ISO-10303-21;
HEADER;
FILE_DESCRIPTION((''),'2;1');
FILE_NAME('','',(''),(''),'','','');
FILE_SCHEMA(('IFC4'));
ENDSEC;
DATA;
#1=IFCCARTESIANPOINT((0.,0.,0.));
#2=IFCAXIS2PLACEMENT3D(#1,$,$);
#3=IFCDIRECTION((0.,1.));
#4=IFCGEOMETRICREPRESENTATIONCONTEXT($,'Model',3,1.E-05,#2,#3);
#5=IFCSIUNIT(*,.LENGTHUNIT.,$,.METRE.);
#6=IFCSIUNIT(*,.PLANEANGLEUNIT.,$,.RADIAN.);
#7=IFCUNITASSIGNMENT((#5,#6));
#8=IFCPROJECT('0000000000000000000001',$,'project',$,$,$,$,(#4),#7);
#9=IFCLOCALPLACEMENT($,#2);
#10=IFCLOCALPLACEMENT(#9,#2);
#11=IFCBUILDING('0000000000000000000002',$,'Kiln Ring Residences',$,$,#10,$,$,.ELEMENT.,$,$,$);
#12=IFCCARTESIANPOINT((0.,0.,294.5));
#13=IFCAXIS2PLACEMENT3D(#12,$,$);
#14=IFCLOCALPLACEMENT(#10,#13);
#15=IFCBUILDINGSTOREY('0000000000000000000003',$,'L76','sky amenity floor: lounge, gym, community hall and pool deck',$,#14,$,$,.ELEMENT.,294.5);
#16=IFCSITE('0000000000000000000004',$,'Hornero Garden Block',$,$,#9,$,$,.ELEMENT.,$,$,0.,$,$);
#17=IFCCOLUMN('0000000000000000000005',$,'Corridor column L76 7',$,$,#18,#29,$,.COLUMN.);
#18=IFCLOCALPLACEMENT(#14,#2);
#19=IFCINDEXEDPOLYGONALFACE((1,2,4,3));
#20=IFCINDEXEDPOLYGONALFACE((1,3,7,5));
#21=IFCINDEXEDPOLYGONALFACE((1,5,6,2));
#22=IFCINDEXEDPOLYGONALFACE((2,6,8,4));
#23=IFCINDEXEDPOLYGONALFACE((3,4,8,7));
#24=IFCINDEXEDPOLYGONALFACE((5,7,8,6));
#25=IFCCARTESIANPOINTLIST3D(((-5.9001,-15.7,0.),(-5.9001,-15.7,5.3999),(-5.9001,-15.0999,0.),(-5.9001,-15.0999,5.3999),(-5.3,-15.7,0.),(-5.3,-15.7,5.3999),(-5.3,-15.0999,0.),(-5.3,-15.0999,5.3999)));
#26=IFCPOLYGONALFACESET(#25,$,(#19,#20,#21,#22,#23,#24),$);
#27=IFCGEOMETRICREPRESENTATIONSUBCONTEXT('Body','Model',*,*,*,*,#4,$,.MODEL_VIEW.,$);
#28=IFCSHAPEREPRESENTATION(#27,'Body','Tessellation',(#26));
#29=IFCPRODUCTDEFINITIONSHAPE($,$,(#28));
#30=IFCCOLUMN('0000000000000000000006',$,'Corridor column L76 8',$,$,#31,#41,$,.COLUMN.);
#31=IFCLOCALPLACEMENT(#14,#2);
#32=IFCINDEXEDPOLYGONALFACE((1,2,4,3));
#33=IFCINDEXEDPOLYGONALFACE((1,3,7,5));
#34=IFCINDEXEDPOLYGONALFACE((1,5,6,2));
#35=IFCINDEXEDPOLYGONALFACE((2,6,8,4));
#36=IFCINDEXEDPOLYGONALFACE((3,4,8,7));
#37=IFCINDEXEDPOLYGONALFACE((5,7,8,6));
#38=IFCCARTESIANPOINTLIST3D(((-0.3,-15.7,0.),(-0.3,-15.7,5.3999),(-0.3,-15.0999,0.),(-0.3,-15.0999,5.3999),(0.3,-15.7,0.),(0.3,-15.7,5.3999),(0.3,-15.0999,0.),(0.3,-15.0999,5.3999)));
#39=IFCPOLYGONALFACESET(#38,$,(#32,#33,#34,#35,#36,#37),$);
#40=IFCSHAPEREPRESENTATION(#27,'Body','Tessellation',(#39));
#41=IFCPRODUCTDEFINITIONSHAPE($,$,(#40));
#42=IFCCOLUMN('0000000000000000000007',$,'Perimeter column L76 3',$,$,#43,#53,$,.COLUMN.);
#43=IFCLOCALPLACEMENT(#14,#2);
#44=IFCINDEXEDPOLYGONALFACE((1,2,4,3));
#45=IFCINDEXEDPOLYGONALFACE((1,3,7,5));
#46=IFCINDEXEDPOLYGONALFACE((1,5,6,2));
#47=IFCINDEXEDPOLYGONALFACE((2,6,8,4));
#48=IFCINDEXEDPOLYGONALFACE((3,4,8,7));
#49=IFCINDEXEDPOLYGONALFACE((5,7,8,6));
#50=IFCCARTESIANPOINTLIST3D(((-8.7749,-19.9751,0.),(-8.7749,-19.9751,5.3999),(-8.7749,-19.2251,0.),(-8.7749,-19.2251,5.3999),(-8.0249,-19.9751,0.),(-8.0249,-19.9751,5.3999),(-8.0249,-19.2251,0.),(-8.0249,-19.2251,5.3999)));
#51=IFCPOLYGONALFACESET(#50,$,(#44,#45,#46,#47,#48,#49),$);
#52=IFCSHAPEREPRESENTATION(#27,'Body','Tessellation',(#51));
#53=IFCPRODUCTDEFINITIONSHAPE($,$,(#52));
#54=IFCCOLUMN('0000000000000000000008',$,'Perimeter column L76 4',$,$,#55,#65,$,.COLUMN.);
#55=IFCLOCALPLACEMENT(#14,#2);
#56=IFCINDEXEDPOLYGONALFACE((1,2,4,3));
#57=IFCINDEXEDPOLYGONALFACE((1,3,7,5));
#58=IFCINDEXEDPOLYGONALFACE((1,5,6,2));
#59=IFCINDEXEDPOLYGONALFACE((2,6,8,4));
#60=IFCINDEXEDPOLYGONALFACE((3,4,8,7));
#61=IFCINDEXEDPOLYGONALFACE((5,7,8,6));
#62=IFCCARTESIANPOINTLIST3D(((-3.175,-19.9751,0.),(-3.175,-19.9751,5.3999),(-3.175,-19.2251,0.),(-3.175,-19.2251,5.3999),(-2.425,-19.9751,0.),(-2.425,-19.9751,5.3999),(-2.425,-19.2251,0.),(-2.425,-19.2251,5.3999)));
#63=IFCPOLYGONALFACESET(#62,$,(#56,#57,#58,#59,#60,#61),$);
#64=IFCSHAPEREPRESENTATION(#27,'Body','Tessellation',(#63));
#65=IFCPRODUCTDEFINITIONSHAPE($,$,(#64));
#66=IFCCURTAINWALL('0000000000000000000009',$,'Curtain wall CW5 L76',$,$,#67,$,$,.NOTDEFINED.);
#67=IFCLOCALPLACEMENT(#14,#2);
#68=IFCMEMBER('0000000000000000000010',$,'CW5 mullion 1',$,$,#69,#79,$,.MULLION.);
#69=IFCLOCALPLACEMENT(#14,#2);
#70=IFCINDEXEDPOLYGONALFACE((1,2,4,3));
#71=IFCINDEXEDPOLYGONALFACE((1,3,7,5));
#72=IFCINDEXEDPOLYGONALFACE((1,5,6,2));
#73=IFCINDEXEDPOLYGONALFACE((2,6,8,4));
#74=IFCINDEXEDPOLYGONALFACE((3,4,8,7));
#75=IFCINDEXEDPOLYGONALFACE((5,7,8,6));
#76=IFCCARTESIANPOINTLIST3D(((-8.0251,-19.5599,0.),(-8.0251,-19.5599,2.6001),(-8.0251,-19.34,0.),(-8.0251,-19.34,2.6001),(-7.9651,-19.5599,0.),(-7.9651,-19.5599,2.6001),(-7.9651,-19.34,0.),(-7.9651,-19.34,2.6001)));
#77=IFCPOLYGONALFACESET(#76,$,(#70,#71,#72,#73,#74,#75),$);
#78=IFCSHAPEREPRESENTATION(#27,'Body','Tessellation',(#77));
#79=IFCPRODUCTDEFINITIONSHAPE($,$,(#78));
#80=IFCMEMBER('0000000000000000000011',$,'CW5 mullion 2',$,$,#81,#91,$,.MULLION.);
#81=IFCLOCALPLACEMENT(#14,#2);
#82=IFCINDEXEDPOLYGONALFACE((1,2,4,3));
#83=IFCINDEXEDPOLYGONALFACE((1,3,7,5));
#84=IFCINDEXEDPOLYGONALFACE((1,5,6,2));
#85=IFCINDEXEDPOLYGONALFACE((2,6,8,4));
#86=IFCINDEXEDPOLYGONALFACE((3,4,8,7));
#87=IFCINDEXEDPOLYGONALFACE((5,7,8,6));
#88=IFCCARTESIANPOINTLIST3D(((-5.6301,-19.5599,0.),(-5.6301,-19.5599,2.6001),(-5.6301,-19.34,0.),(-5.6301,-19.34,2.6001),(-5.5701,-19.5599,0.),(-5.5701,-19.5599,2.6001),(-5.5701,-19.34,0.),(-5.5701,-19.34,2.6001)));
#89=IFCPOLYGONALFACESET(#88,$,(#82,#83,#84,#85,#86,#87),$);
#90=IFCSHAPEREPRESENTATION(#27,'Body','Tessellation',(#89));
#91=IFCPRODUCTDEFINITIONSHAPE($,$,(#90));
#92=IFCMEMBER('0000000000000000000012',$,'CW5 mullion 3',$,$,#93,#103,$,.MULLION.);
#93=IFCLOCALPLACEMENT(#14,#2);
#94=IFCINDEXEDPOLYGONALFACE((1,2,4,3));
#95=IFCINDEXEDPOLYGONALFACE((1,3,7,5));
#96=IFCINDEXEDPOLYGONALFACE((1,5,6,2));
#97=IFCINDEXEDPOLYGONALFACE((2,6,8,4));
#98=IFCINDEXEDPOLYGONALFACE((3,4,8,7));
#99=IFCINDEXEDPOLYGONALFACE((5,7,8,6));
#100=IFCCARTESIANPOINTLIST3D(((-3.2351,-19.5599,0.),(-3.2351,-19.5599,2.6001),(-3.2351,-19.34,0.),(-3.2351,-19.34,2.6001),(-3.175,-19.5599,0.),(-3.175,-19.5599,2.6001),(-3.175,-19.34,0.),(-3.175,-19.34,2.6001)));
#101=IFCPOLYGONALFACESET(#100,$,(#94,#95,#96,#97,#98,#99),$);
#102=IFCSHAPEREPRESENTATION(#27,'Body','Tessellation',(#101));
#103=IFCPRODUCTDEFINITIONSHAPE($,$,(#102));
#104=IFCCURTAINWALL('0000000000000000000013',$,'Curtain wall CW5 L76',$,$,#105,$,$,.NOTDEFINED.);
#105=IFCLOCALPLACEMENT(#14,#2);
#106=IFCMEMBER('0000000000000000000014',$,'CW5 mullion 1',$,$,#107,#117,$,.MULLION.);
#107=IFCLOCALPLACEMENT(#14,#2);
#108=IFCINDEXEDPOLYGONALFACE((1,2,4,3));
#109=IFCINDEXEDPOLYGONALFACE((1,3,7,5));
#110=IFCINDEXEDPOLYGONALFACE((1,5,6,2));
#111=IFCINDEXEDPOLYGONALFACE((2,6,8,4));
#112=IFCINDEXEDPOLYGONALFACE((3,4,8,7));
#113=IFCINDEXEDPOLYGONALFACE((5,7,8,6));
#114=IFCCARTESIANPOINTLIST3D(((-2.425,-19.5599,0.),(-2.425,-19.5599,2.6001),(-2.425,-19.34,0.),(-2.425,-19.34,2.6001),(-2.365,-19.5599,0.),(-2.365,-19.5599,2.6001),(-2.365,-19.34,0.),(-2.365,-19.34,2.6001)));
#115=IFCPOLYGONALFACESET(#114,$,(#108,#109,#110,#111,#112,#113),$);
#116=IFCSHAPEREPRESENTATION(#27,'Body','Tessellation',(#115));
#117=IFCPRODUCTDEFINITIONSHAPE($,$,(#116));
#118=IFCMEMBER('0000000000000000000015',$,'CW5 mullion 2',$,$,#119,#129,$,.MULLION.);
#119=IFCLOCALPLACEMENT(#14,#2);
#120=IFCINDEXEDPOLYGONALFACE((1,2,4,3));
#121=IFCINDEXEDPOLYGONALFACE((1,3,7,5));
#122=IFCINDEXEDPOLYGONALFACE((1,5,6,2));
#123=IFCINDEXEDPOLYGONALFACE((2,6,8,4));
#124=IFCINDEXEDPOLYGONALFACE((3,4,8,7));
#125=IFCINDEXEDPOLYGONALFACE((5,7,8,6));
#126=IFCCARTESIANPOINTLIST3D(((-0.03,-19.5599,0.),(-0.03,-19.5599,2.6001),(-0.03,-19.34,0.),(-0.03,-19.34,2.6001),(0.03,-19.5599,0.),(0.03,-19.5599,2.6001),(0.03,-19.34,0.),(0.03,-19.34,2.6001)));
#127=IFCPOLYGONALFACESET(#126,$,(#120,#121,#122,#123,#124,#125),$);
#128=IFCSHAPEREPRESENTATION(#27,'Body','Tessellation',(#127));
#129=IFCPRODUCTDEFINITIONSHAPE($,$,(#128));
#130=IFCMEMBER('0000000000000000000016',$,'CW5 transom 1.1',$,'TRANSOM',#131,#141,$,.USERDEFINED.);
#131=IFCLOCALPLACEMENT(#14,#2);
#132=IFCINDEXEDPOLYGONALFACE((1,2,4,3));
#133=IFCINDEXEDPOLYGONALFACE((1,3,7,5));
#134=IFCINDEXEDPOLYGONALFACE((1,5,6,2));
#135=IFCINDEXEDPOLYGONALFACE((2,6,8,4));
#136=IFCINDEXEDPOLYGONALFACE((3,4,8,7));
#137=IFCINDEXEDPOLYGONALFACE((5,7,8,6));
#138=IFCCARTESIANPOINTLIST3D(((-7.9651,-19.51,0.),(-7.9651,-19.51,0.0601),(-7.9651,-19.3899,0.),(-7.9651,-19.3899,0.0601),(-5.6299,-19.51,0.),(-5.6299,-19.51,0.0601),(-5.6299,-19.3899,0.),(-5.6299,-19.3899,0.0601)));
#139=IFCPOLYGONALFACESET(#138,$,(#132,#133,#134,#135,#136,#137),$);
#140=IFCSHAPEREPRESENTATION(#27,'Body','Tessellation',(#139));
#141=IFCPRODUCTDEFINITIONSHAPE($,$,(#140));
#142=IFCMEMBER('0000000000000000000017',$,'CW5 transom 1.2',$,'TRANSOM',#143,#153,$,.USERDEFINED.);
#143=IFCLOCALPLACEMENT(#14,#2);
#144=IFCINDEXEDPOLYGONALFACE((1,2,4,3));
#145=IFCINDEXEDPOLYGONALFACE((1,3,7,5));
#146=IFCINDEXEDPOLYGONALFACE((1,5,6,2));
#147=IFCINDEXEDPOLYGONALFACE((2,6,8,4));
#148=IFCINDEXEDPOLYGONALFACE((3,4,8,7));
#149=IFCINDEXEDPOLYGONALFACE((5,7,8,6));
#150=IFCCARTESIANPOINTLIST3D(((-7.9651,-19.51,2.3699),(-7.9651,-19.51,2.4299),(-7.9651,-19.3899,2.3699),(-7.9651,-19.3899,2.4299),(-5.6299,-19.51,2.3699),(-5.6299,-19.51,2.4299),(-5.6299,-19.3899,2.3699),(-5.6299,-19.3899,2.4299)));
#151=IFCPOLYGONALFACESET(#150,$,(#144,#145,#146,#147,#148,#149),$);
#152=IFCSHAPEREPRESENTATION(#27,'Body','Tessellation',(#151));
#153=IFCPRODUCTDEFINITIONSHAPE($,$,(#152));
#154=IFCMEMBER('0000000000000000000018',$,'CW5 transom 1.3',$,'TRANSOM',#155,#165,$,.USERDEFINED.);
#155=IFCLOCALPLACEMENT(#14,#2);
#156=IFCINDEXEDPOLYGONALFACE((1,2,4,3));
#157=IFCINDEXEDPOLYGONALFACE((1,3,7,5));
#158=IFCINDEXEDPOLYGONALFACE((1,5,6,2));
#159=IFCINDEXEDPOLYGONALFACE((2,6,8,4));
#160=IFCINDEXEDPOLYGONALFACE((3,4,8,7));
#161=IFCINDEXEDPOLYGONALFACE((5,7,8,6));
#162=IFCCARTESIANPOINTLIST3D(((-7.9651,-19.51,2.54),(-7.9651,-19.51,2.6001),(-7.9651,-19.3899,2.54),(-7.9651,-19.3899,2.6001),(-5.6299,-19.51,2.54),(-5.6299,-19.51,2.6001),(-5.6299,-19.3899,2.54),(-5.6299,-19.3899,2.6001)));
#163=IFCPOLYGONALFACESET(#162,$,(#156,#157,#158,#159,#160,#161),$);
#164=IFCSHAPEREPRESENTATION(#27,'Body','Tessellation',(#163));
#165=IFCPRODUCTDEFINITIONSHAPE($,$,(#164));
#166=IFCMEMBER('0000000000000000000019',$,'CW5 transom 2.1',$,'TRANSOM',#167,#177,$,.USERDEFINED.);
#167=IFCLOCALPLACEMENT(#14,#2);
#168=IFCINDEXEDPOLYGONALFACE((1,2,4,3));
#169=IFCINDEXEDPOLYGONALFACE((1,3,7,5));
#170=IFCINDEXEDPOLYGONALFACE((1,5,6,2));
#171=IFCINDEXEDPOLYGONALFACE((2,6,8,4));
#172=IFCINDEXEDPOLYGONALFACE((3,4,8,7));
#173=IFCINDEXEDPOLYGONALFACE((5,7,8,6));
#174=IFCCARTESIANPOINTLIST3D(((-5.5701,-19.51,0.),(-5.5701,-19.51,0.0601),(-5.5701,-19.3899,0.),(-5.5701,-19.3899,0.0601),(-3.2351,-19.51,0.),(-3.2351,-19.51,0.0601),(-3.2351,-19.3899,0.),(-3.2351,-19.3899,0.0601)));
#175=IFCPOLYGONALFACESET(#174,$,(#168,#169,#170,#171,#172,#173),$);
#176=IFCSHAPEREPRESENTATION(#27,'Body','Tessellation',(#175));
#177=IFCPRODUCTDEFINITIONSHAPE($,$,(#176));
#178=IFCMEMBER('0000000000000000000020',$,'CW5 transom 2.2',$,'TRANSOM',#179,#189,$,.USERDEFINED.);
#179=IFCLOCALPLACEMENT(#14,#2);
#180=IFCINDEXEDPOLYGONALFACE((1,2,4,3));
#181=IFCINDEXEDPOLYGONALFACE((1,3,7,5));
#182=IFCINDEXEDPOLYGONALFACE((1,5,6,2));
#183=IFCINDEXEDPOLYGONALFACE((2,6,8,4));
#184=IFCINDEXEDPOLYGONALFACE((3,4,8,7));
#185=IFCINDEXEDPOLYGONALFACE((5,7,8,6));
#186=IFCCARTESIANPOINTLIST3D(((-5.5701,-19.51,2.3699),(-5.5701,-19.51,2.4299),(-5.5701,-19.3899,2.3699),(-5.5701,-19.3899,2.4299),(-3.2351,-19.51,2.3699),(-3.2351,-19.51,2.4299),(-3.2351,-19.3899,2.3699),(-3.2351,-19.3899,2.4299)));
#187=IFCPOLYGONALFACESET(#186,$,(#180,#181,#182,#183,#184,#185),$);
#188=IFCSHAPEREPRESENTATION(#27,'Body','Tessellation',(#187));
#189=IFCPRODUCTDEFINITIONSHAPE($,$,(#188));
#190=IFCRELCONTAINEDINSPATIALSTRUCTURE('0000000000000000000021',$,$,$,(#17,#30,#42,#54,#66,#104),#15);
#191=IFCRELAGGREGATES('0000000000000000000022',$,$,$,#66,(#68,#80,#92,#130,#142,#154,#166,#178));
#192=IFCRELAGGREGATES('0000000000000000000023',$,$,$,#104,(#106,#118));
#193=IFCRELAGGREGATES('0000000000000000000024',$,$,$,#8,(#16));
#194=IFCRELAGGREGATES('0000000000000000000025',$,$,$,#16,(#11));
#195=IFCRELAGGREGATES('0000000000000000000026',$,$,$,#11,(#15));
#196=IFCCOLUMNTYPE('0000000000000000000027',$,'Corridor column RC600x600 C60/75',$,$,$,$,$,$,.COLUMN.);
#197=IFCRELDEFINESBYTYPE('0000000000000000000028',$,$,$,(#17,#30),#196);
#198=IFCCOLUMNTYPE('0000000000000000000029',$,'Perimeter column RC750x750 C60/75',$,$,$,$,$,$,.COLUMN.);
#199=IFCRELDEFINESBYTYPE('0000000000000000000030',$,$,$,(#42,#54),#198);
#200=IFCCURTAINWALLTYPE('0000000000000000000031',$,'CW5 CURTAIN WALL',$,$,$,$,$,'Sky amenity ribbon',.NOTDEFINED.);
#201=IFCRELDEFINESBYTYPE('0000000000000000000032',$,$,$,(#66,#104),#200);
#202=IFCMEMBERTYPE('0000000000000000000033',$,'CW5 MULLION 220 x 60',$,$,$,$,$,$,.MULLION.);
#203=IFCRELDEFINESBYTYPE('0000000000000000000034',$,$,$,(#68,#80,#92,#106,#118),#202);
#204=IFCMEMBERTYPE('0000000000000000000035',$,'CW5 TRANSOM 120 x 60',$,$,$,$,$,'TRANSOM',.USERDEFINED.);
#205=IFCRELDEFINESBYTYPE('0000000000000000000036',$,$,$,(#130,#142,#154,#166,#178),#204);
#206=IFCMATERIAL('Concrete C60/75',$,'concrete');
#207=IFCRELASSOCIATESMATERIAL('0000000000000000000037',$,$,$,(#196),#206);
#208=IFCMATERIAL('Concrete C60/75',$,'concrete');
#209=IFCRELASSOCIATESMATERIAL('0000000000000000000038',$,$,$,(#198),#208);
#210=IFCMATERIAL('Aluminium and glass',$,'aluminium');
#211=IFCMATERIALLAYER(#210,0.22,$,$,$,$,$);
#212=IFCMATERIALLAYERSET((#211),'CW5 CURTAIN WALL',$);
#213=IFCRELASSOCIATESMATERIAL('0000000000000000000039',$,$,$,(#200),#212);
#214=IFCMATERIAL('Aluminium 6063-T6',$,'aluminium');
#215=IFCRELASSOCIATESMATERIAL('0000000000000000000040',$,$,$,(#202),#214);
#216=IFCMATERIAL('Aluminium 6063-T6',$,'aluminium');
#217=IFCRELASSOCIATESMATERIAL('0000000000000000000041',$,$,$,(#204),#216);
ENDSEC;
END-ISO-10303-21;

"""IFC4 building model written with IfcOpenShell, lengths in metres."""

from ifc_helpers import new_model, si_unit, direction, frame, origin, origin_2d, place, context, subcontext, project, spatial, rectangle, extrude, material, layer, layer_set, material_profile, profile_set, type_object, element, aggregate, save


model = new_model("IFC4")

# Units and contexts
model_context = context("Model", 3, precision=1e-05, world=origin(), true_north=direction((0.0, 1.0)))
body_context = subcontext(model_context, "Body", "Model", "MODEL_VIEW")
ifc_project = project(units=[si_unit("LENGTHUNIT", "METRE"), si_unit("PLANEANGLEUNIT", "RADIAN")], contexts=[model_context])

# Site, building, storey
site_placement = place(None, origin())
site = spatial("IfcSite", under=ifc_project, at=site_placement, Name="Hornero Garden Block", CompositionType="ELEMENT", RefElevation=0.0)
building_placement = place(site_placement, origin())
building = spatial("IfcBuilding", under=site, at=building_placement, Name="Kiln Ring Residences", CompositionType="ELEMENT")
storey_placement = place(building_placement, frame((0.0, 0.0, 294.5)))
storey = spatial("IfcBuildingStorey", under=building, at=storey_placement, Name="L76", Description="sky amenity floor: lounge, gym, community hall and pool deck", CompositionType="ELEMENT", Elevation=294.5)

# Columns
ifc_material_1 = material(Name="Concrete C60/75", Category="concrete")
ifc_material_profile_1 = material_profile(ifc_material_1, rectangle(XDim=0.6001, YDim=0.6001, at=origin_2d()), Name="RC600x600")
ifc_profile_set_1 = profile_set([ifc_material_profile_1], Name="Concrete C60/75")
column_type_1 = type_object("IfcColumnType", Name="Corridor column RC600x600 C60/75", PredefinedType="COLUMN", material=ifc_profile_set_1)
for number, where, z_axis, x_axis, name in (
    (1, (-5.6001, -15.3999, 0.0), (0.0, 0.0, 1.0), (1.0, 0.0, 0.0), "Corridor column L76 7"),
    (2, (0.0, -15.3999, 0.0), (0.0, 0.0, 1.0), (1.0, 0.0, 0.0), "Corridor column L76 8"),
):
    element("IfcColumn", number, at=place(storey_placement, frame(where, z_axis=z_axis, x_axis=x_axis)), inside=storey, type_object=column_type_1, Name=name, PredefinedType="COLUMN", context=body_context, shape_type="SweptSolid", body=[
        extrude(rectangle(XDim=0.6001, YDim=0.6001, at=origin_2d()), origin(), (0.0, 0.0, 1.0), 5.3999),
    ])
ifc_material_2 = material(Name="Concrete C60/75", Category="concrete")
ifc_material_profile_2 = material_profile(ifc_material_2, rectangle(XDim=0.75, YDim=0.75, at=origin_2d()), Name="RC750x750")
ifc_profile_set_2 = profile_set([ifc_material_profile_2], Name="Concrete C60/75")
column_type_2 = type_object("IfcColumnType", Name="Perimeter column RC750x750 C60/75", PredefinedType="COLUMN", material=ifc_profile_set_2)
for number, where, z_axis, x_axis, name in (
    (3, (-8.3999, -19.6001, 0.0), (0.0, 0.0, 1.0), (1.0, 0.0, 0.0), "Perimeter column L76 3"),
    (4, (-2.8, -19.6001, 0.0), (0.0, 0.0, 1.0), (1.0, 0.0, 0.0), "Perimeter column L76 4"),
):
    element("IfcColumn", number, at=place(storey_placement, frame(where, z_axis=z_axis, x_axis=x_axis)), inside=storey, type_object=column_type_2, Name=name, PredefinedType="COLUMN", context=body_context, shape_type="SweptSolid", body=[
        extrude(rectangle(XDim=0.75, YDim=0.75, at=origin_2d()), origin(), (0.0, 0.0, 1.0), 5.3999),
    ])

# Curtain walls, members
ifc_material_3 = material(Name="Aluminium and glass", Category="aluminium")
ifc_layer_1 = layer(ifc_material_3, 0.22)
ifc_layer_set_1 = layer_set([ifc_layer_1], Name="CW5 CURTAIN WALL")
curtain_wall_type = type_object("IfcCurtainWallType", Name="CW5 CURTAIN WALL", ElementType="Sky amenity ribbon", PredefinedType="NOTDEFINED", material=ifc_layer_set_1)
placement = place(storey_placement, origin())
curtain_wall_1 = element("IfcCurtainWall", 5, at=placement, inside=storey, type_object=curtain_wall_type, Name="Curtain wall CW5 L76", PredefinedType="NOTDEFINED")
ifc_material_4 = material(Name="Aluminium 6063-T6", Category="aluminium")
ifc_material_profile_3 = material_profile(ifc_material_4, rectangle(XDim=0.22, YDim=0.0601, at=origin_2d()), Name="AL 220x60")
ifc_profile_set_3 = profile_set([ifc_material_profile_3], Name="Aluminium 6063-T6")
member_type_1 = type_object("IfcMemberType", Name="CW5 MULLION 220 x 60", PredefinedType="MULLION", material=ifc_profile_set_3)
member_1_placement = place(storey_placement, frame((-7.9951, -19.45, 0.0), z_axis=(0.0, 0.0, 1.0), x_axis=(0.0, 1.0, 0.0)))
member_1 = element("IfcMember", 6, at=member_1_placement, type_object=member_type_1, Name="CW5 mullion 1", PredefinedType="MULLION", context=body_context, shape_type="SweptSolid", body=[
    extrude(rectangle(XDim=0.22, YDim=0.0601, at=origin_2d()), origin(), (0.0, 0.0, 1.0), 2.6001),
])
member_2_placement = place(storey_placement, frame((-5.6001, -19.45, 0.0), z_axis=(0.0, 0.0, 1.0), x_axis=(0.0, 1.0, 0.0)))
member_2 = element("IfcMember", 7, at=member_2_placement, type_object=member_type_1, Name="CW5 mullion 2", PredefinedType="MULLION", context=body_context, shape_type="SweptSolid", body=[
    extrude(rectangle(XDim=0.22, YDim=0.0601, at=origin_2d()), origin(), (0.0, 0.0, 1.0), 2.6001),
])
member_3_placement = place(storey_placement, frame((-3.2051, -19.45, 0.0), z_axis=(0.0, 0.0, 1.0), x_axis=(0.0, 1.0, 0.0)))
member_3 = element("IfcMember", 8, at=member_3_placement, type_object=member_type_1, Name="CW5 mullion 3", PredefinedType="MULLION", context=body_context, shape_type="SweptSolid", body=[
    extrude(rectangle(XDim=0.22, YDim=0.0601, at=origin_2d()), origin(), (0.0, 0.0, 1.0), 2.6001),
])
curtain_wall_2 = element("IfcCurtainWall", 9, at=placement, inside=storey, type_object=curtain_wall_type, Name="Curtain wall CW5 L76", PredefinedType="NOTDEFINED")
member_4_placement = place(storey_placement, frame((-2.395, -19.45, 0.0), z_axis=(0.0, 0.0, 1.0), x_axis=(0.0, 1.0, 0.0)))
member_4 = element("IfcMember", 10, at=member_4_placement, type_object=member_type_1, Name="CW5 mullion 1", PredefinedType="MULLION", context=body_context, shape_type="SweptSolid", body=[
    extrude(rectangle(XDim=0.22, YDim=0.0601, at=origin_2d()), origin(), (0.0, 0.0, 1.0), 2.6001),
])
member_5_placement = place(storey_placement, frame((0.0, -19.45, 0.0), z_axis=(0.0, 0.0, 1.0), x_axis=(0.0, 1.0, 0.0)))
member_5 = element("IfcMember", 11, at=member_5_placement, type_object=member_type_1, Name="CW5 mullion 2", PredefinedType="MULLION", context=body_context, shape_type="SweptSolid", body=[
    extrude(rectangle(XDim=0.22, YDim=0.0601, at=origin_2d()), origin(), (0.0, 0.0, 1.0), 2.6001),
])

# Members
ifc_material_5 = material(Name="Aluminium 6063-T6", Category="aluminium")
ifc_material_profile_4 = material_profile(ifc_material_5, rectangle(XDim=0.1201, YDim=0.0601, at=origin_2d()), Name="AL 120x60")
ifc_profile_set_4 = profile_set([ifc_material_profile_4], Name="Aluminium 6063-T6")
member_type_2 = type_object("IfcMemberType", Name="CW5 TRANSOM 120 x 60", ElementType="TRANSOM", PredefinedType="USERDEFINED", material=ifc_profile_set_4)
member_6_placement = place(storey_placement, frame((-7.9651, -19.45, 0.03), z_axis=(1.0, 0.0, 0.0), x_axis=(0.0, 1.0, 0.0)))
member_6 = element("IfcMember", 12, at=member_6_placement, type_object=member_type_2, Name="CW5 transom 1.1", ObjectType="TRANSOM", PredefinedType="USERDEFINED", context=body_context, shape_type="SweptSolid", body=[
    extrude(rectangle(XDim=0.1201, YDim=0.0601, at=origin_2d()), origin(), (0.0, 0.0, 1.0), 2.3352),
])
member_7_placement = place(storey_placement, frame((-7.9651, -19.45, 2.3999), z_axis=(1.0, 0.0, 0.0), x_axis=(0.0, 1.0, 0.0)))
member_7 = element("IfcMember", 13, at=member_7_placement, type_object=member_type_2, Name="CW5 transom 1.2", ObjectType="TRANSOM", PredefinedType="USERDEFINED", context=body_context, shape_type="SweptSolid", body=[
    extrude(rectangle(XDim=0.1201, YDim=0.0601, at=origin_2d()), origin(), (0.0, 0.0, 1.0), 2.3352),
])
member_8_placement = place(storey_placement, frame((-7.9651, -19.45, 2.5701), z_axis=(1.0, 0.0, 0.0), x_axis=(0.0, 1.0, 0.0)))
member_8 = element("IfcMember", 14, at=member_8_placement, type_object=member_type_2, Name="CW5 transom 1.3", ObjectType="TRANSOM", PredefinedType="USERDEFINED", context=body_context, shape_type="SweptSolid", body=[
    extrude(rectangle(XDim=0.1201, YDim=0.0601, at=origin_2d()), origin(), (0.0, 0.0, 1.0), 2.3352),
])
member_9_placement = place(storey_placement, frame((-5.5701, -19.45, 0.03), z_axis=(1.0, 0.0, 0.0), x_axis=(0.0, 1.0, 0.0)))
member_9 = element("IfcMember", 15, at=member_9_placement, type_object=member_type_2, Name="CW5 transom 2.1", ObjectType="TRANSOM", PredefinedType="USERDEFINED", context=body_context, shape_type="SweptSolid", body=[
    extrude(rectangle(XDim=0.1201, YDim=0.0601, at=origin_2d()), origin(), (0.0, 0.0, 1.0), 2.335),
])
member_10_placement = place(storey_placement, frame((-5.5701, -19.45, 2.3999), z_axis=(1.0, 0.0, 0.0), x_axis=(0.0, 1.0, 0.0)))
member_10 = element("IfcMember", 16, at=member_10_placement, type_object=member_type_2, Name="CW5 transom 2.2", ObjectType="TRANSOM", PredefinedType="USERDEFINED", context=body_context, shape_type="SweptSolid", body=[
    extrude(rectangle(XDim=0.1201, YDim=0.0601, at=origin_2d()), origin(), (0.0, 0.0, 1.0), 2.335),
])

aggregate(curtain_wall_1, [member_1, member_2, member_3, member_6, member_7, member_8, member_9, member_10])
aggregate(curtain_wall_2, [member_4, member_5])

save(model, "model.ifc")
